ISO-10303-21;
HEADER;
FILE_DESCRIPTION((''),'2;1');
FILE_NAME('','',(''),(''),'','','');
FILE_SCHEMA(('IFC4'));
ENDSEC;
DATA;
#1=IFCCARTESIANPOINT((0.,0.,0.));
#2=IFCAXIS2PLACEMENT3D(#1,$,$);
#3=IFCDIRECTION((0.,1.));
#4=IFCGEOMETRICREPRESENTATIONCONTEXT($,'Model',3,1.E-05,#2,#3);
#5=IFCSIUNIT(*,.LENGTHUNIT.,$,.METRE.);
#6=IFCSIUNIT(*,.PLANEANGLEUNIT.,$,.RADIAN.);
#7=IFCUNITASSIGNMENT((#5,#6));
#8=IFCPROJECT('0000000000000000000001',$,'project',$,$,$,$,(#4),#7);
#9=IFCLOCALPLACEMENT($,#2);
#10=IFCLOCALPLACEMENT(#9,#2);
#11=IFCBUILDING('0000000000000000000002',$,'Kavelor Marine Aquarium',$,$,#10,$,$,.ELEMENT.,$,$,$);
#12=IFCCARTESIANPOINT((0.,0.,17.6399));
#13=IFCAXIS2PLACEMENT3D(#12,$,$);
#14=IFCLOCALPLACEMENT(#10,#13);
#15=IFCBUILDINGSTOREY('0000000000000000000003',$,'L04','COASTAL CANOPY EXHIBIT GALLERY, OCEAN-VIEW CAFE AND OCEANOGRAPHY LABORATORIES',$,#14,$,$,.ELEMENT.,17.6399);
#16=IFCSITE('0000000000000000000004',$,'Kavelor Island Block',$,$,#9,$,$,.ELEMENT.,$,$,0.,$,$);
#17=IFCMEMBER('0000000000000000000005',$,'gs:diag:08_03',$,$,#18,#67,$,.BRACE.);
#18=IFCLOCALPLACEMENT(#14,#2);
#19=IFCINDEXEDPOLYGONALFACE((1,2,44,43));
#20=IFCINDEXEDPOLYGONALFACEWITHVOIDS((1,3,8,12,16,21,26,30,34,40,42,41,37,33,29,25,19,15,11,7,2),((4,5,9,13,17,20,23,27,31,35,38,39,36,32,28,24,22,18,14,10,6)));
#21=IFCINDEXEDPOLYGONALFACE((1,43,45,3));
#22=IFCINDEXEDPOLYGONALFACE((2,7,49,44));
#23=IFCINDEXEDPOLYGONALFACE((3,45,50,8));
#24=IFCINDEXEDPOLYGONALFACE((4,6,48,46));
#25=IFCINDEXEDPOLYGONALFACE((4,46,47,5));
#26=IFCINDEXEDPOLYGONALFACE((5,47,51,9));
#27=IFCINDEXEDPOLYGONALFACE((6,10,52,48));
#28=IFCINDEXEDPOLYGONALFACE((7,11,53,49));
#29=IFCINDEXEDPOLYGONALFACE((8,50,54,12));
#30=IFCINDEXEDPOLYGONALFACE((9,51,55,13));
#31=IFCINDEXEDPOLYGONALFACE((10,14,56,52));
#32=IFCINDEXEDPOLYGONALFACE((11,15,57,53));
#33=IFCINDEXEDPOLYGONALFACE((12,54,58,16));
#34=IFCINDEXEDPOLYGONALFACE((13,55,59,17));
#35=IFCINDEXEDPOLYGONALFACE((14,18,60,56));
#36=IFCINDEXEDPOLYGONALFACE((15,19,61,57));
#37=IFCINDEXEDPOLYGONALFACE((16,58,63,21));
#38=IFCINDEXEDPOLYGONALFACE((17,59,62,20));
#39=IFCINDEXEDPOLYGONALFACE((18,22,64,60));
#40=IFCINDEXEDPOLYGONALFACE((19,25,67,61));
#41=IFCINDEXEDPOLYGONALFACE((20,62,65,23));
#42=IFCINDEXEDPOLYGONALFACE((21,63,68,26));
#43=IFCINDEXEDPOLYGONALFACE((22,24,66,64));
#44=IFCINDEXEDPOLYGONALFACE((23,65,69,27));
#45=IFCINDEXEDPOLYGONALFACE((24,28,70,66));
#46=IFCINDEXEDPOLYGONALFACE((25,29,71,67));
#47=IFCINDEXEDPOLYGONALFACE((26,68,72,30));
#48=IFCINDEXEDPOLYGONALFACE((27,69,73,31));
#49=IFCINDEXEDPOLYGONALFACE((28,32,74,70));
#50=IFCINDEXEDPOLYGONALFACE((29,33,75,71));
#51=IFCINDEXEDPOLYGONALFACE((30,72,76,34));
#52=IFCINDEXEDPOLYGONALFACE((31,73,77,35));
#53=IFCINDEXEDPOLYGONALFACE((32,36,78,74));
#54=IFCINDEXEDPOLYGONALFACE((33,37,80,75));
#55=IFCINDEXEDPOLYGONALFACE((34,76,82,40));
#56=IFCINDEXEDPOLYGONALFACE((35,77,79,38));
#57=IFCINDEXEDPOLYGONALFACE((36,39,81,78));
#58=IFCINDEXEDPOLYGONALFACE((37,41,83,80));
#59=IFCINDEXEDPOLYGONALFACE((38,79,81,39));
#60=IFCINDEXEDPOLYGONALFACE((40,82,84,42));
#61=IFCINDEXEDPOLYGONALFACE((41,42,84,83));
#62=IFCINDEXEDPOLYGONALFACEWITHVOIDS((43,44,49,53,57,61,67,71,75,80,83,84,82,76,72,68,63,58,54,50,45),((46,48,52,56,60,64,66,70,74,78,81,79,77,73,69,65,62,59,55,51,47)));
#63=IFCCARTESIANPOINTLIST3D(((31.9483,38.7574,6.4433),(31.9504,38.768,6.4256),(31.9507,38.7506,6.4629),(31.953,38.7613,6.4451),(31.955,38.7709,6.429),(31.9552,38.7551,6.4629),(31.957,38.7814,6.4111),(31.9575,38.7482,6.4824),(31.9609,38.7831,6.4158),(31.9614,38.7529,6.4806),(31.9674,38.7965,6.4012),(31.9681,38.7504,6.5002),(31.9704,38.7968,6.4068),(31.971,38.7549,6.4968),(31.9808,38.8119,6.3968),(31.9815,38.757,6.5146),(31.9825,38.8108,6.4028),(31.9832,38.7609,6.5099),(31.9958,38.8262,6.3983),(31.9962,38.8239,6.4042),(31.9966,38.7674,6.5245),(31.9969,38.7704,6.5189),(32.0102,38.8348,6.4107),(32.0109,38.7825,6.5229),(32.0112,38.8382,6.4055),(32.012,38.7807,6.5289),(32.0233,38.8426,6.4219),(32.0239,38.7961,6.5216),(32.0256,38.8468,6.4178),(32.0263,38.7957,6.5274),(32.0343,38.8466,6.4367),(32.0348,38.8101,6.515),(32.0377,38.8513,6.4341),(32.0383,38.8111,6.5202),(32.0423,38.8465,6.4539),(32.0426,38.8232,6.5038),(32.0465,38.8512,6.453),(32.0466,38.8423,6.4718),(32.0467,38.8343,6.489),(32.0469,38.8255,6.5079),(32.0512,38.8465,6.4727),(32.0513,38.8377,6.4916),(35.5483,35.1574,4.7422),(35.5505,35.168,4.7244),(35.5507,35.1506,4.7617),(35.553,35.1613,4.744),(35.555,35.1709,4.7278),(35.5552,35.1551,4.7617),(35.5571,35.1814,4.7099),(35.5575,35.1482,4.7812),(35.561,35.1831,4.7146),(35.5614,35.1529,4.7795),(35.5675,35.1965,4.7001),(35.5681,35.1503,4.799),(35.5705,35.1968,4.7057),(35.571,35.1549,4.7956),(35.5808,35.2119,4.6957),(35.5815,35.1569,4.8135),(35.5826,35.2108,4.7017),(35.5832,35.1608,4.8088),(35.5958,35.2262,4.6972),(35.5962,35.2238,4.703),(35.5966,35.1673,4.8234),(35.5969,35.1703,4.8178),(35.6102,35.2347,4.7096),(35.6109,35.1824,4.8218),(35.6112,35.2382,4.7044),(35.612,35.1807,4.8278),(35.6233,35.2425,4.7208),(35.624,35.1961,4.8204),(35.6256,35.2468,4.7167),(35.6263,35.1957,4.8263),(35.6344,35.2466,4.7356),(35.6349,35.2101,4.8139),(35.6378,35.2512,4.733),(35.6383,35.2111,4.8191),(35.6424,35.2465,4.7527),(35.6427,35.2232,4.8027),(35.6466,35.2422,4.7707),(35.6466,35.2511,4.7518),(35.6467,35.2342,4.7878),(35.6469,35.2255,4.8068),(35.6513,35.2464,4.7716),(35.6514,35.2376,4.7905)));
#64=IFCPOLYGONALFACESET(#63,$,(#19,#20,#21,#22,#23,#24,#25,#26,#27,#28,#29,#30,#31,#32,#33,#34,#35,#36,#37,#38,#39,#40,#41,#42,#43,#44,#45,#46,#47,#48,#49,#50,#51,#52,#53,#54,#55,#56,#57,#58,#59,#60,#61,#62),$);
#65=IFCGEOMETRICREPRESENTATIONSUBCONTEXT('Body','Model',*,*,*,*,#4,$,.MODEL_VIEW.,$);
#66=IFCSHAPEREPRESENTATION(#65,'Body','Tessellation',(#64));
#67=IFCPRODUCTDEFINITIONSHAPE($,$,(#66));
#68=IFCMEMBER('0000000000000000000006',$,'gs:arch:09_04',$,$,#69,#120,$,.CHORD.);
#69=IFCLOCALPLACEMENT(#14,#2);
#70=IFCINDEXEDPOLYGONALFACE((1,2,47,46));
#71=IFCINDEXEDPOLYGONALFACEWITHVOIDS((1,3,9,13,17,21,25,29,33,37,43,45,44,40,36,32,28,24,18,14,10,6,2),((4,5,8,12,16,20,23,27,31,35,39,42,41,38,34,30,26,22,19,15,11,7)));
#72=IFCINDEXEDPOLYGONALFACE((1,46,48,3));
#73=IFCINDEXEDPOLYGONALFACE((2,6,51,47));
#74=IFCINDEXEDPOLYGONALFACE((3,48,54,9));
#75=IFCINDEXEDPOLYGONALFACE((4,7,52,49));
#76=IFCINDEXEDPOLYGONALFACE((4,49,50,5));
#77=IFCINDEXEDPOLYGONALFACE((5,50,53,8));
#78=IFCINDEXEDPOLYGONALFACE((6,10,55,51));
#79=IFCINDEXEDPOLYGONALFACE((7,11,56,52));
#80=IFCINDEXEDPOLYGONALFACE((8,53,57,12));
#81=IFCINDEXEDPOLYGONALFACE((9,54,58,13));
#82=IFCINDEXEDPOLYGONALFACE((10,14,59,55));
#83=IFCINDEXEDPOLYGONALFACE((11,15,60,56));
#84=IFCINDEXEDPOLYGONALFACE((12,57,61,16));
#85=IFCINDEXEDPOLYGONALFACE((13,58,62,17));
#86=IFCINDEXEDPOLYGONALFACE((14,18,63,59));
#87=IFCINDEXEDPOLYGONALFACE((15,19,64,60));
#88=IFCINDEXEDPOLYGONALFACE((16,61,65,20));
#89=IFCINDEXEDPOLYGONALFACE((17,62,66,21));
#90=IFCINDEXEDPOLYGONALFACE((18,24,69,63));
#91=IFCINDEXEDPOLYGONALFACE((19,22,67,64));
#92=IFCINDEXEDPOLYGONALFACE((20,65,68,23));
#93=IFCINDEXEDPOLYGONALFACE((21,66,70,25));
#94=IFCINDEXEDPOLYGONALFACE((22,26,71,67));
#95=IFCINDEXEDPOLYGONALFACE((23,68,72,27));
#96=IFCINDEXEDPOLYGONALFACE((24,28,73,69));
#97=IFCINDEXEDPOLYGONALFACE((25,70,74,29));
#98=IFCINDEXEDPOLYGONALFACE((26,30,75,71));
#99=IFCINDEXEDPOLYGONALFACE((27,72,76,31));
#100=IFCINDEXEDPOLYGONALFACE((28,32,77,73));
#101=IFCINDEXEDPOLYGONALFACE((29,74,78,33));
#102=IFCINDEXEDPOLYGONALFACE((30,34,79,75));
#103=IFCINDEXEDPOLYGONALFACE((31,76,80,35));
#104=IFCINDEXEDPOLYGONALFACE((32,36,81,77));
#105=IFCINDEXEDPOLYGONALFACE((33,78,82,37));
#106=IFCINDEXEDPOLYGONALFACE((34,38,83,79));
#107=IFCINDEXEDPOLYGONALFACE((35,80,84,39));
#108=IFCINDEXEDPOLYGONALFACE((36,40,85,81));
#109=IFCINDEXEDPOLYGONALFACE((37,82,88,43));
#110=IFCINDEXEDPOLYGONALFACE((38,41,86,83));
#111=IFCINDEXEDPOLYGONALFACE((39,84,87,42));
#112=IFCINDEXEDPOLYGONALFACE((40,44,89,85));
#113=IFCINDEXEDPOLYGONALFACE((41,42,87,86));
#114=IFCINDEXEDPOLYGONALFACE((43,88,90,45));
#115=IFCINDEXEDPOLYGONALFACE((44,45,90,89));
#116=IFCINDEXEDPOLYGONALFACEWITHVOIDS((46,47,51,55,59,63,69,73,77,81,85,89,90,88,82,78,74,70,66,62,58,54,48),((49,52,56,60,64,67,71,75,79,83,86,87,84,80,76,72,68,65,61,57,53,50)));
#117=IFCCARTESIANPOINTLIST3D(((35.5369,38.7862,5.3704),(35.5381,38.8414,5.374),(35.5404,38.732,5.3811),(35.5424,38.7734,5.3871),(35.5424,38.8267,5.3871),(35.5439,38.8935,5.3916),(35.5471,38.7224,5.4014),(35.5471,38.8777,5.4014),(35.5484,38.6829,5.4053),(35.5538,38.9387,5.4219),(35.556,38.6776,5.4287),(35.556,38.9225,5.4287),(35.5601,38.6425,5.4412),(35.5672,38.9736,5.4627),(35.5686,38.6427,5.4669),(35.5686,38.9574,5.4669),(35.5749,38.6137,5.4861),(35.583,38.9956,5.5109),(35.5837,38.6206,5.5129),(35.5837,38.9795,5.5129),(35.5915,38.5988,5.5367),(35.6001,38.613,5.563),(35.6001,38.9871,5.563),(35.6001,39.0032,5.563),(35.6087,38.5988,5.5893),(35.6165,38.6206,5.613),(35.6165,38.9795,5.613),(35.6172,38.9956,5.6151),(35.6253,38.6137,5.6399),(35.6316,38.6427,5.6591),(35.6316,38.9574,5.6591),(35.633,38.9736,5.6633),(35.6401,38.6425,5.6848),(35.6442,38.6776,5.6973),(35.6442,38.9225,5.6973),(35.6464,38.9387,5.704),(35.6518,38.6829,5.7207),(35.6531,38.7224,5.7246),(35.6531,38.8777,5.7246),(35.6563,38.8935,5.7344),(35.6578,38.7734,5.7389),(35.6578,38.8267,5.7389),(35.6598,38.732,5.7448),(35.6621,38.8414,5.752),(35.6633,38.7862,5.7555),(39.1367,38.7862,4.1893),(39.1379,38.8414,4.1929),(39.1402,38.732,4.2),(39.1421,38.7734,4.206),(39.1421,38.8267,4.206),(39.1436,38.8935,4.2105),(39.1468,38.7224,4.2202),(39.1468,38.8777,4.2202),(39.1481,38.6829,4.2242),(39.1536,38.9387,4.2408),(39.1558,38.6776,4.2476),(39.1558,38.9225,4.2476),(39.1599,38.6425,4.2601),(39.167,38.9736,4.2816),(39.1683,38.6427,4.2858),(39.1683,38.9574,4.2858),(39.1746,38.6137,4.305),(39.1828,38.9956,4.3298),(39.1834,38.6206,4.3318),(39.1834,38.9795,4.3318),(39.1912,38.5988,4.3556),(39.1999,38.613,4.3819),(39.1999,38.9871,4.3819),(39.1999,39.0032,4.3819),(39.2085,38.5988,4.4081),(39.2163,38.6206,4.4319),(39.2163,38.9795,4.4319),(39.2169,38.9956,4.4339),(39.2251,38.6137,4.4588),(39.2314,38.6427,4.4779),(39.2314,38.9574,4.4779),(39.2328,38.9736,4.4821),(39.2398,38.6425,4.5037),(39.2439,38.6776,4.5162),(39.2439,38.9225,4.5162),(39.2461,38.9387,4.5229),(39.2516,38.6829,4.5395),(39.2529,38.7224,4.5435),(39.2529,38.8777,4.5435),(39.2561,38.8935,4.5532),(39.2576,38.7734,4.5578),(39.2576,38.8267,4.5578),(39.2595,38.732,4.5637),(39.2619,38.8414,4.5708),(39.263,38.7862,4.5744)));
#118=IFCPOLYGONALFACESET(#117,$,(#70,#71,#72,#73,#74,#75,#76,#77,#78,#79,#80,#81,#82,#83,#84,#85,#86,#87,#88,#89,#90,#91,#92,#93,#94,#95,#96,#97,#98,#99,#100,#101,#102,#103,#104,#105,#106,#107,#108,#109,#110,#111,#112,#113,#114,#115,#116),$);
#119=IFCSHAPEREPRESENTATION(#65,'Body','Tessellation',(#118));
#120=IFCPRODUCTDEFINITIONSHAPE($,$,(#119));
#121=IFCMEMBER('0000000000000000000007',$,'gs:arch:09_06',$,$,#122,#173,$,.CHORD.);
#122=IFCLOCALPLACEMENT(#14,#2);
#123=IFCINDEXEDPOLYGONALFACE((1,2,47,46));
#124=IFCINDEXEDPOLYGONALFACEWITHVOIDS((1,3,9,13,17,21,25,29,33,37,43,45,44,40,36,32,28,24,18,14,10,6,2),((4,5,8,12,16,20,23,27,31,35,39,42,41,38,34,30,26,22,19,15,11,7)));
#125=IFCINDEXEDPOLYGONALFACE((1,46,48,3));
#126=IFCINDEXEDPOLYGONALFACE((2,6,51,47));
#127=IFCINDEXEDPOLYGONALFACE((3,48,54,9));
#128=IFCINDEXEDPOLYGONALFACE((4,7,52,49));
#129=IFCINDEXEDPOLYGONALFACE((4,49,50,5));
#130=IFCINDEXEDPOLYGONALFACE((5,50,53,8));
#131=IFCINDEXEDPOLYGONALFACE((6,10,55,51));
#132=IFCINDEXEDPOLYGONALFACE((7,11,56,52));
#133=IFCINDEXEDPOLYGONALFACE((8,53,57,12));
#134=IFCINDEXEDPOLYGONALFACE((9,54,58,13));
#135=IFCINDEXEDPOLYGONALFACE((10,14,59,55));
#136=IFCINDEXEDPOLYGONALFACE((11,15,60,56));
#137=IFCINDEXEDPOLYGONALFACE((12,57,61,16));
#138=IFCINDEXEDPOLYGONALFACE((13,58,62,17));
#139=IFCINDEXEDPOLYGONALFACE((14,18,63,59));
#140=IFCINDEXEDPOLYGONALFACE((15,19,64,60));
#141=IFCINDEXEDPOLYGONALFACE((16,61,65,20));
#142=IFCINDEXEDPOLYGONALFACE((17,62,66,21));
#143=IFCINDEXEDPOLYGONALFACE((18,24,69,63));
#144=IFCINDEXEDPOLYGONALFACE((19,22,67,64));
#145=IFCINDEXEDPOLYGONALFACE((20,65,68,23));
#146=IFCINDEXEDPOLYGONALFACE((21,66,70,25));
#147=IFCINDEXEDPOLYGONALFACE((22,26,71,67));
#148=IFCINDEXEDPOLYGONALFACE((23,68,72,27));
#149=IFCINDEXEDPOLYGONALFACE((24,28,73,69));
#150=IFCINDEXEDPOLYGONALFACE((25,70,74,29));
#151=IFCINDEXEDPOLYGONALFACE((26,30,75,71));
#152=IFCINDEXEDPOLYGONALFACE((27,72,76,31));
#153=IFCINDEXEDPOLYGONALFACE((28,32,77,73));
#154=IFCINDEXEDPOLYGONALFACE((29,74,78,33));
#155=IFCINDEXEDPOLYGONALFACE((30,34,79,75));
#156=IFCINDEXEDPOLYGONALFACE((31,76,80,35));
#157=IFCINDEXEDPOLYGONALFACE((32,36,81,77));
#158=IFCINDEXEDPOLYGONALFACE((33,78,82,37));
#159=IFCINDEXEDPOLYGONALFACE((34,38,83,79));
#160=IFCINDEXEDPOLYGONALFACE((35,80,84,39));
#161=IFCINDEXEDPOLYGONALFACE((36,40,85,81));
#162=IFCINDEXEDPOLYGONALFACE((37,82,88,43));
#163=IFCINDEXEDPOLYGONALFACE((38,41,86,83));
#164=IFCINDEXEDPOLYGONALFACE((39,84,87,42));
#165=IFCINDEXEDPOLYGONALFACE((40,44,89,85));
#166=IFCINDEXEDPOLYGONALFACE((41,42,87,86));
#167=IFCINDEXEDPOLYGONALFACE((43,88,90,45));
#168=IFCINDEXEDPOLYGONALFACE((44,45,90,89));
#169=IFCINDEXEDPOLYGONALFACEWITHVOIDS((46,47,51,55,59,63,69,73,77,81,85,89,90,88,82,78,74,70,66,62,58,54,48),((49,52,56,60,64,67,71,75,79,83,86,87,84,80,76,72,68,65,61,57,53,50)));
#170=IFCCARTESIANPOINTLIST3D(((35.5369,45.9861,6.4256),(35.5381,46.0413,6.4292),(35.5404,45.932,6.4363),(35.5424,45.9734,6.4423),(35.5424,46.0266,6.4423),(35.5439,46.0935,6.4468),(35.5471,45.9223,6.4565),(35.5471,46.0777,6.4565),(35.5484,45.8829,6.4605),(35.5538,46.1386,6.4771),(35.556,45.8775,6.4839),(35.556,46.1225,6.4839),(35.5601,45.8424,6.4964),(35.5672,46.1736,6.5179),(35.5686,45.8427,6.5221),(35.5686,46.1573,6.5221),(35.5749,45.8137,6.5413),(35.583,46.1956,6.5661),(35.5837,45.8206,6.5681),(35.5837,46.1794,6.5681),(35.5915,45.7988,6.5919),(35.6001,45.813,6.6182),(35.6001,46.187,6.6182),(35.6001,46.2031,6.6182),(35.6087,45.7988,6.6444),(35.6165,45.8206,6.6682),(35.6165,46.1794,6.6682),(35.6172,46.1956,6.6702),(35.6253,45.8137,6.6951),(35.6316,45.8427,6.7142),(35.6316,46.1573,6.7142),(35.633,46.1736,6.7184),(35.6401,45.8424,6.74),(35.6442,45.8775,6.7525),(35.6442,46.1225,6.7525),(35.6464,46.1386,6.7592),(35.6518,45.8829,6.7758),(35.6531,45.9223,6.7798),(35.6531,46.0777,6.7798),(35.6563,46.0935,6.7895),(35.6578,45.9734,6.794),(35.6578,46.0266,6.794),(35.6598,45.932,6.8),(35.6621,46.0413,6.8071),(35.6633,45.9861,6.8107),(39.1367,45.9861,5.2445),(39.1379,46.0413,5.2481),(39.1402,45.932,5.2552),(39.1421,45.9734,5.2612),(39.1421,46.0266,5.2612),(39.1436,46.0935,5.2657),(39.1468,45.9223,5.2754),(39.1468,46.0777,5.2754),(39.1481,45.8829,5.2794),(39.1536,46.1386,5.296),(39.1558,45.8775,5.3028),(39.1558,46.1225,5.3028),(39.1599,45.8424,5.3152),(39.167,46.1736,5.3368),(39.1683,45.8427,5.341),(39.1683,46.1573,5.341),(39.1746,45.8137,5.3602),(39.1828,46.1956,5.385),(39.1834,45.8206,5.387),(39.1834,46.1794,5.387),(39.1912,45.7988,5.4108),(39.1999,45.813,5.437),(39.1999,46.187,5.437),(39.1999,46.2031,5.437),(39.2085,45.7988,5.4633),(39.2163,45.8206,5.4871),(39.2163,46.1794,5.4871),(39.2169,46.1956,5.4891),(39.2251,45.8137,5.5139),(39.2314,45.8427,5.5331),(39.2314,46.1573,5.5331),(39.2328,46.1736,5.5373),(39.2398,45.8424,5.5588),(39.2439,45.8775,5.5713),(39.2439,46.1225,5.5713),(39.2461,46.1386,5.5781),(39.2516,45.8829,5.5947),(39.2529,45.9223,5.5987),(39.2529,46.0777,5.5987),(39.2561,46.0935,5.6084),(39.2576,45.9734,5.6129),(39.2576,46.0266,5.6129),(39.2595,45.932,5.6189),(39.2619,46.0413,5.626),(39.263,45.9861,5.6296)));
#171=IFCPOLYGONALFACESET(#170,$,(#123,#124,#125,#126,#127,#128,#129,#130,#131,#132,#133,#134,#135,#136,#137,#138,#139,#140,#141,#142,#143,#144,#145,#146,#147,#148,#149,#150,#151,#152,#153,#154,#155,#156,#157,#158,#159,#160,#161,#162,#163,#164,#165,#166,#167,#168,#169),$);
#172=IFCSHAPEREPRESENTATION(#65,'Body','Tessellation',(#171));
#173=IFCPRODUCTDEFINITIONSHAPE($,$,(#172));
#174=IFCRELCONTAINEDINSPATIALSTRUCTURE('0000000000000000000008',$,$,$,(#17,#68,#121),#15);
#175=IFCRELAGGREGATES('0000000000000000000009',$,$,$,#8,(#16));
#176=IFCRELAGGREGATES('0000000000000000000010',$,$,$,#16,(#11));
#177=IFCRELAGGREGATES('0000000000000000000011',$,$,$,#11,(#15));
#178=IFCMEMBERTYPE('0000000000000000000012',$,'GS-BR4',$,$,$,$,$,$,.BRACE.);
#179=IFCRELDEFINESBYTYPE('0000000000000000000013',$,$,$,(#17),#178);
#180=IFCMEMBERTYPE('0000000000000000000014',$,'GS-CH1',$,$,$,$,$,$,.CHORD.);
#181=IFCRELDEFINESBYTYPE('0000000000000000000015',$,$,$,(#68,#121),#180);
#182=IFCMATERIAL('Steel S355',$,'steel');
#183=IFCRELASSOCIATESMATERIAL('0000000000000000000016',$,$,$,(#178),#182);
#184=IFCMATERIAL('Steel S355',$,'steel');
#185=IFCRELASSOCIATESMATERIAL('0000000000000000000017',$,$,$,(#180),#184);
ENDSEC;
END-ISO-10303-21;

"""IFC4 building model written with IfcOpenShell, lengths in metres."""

from ifc_helpers import new_model, si_unit, direction, frame, origin, origin_2d, place, context, subcontext, project, spatial, hollow_circle, extrude, material, material_profile, profile_set, type_object, element, save


model = new_model("IFC4")

# Units and contexts
model_context = context("Model", 3, precision=1e-05, world=origin(), true_north=direction((0.0, 1.0)))
body_context = subcontext(model_context, "Body", "Model", "MODEL_VIEW")
ifc_project = project(units=[si_unit("LENGTHUNIT", "METRE"), si_unit("PLANEANGLEUNIT", "RADIAN")], contexts=[model_context])

# Site, building, storey
site_placement = place(None, origin())
site = spatial("IfcSite", under=ifc_project, at=site_placement, Name="Kavelor Island Block", CompositionType="ELEMENT", RefElevation=0.0)
building_placement = place(site_placement, origin())
building = spatial("IfcBuilding", under=site, at=building_placement, Name="Kavelor Marine Aquarium", CompositionType="ELEMENT")
storey_placement = place(building_placement, frame((0.0, 0.0, 17.6399)))
storey = spatial("IfcBuildingStorey", under=building, at=storey_placement, Name="L04", Description="COASTAL CANOPY EXHIBIT GALLERY, OCEAN-VIEW CAFE AND OCEANOGRAPHY LABORATORIES", CompositionType="ELEMENT", Elevation=17.6399)

# Members
ifc_material_1 = material(Name="Steel S355", Category="steel")
ifc_material_profile_1 = material_profile(ifc_material_1, hollow_circle(Radius=0.0698, WallThickness=0.0063, at=origin_2d()), Name="CHS 139.7x6.3")
ifc_profile_set_1 = profile_set([ifc_material_profile_1], Name="Steel S355")
member_type_1 = type_object("IfcMemberType", Name="GS-BR4", PredefinedType="BRACE", material=ifc_profile_set_1)
member_1_placement = place(storey_placement, frame((35.6001, 35.2, 4.7617), z_axis=(-0.670659, 0.670659, 0.31691), x_axis=(-0.707107, -0.707107, 0.0)))
element("IfcMember", 1, at=member_1_placement, inside=storey, type_object=member_type_1, Name="gs:diag:08_03", PredefinedType="BRACE", context=body_context, shape_type="SweptSolid", body=[
    extrude(hollow_circle(Radius=0.0698, WallThickness=0.0063, at=origin_2d()), origin(), (0.0, 0.0, 1.0), 5.3679),
])
ifc_material_2 = material(Name="Steel S355", Category="steel")
ifc_material_profile_2 = material_profile(ifc_material_2, hollow_circle(Radius=0.2031, WallThickness=0.0161, at=origin_2d()), Name="CHS 406.4x16.0")
ifc_profile_set_2 = profile_set([ifc_material_profile_2], Name="Steel S355")
member_type_2 = type_object("IfcMemberType", Name="GS-CH1", PredefinedType="CHORD", material=ifc_profile_set_2)
for number, where, z_axis, x_axis, name in (
    (2, (35.6001, 38.8, 5.563), (0.950161, 0.0, -0.311759), (0.0, 1.0, 0.0), "gs:arch:09_04"),
    (3, (35.6001, 46.0, 6.6182), (0.950161, 0.0, -0.311759), (0.0, 1.0, 0.0), "gs:arch:09_06"),
):
    element("IfcMember", number, at=place(storey_placement, frame(where, z_axis=z_axis, x_axis=x_axis)), inside=storey, type_object=member_type_2, Name=name, PredefinedType="CHORD", context=body_context, shape_type="SweptSolid", body=[
        extrude(hollow_circle(Radius=0.2031, WallThickness=0.0161, at=origin_2d()), origin(), (0.0, 0.0, 1.0), 3.7886),
    ])

save(model, "model.ifc")
